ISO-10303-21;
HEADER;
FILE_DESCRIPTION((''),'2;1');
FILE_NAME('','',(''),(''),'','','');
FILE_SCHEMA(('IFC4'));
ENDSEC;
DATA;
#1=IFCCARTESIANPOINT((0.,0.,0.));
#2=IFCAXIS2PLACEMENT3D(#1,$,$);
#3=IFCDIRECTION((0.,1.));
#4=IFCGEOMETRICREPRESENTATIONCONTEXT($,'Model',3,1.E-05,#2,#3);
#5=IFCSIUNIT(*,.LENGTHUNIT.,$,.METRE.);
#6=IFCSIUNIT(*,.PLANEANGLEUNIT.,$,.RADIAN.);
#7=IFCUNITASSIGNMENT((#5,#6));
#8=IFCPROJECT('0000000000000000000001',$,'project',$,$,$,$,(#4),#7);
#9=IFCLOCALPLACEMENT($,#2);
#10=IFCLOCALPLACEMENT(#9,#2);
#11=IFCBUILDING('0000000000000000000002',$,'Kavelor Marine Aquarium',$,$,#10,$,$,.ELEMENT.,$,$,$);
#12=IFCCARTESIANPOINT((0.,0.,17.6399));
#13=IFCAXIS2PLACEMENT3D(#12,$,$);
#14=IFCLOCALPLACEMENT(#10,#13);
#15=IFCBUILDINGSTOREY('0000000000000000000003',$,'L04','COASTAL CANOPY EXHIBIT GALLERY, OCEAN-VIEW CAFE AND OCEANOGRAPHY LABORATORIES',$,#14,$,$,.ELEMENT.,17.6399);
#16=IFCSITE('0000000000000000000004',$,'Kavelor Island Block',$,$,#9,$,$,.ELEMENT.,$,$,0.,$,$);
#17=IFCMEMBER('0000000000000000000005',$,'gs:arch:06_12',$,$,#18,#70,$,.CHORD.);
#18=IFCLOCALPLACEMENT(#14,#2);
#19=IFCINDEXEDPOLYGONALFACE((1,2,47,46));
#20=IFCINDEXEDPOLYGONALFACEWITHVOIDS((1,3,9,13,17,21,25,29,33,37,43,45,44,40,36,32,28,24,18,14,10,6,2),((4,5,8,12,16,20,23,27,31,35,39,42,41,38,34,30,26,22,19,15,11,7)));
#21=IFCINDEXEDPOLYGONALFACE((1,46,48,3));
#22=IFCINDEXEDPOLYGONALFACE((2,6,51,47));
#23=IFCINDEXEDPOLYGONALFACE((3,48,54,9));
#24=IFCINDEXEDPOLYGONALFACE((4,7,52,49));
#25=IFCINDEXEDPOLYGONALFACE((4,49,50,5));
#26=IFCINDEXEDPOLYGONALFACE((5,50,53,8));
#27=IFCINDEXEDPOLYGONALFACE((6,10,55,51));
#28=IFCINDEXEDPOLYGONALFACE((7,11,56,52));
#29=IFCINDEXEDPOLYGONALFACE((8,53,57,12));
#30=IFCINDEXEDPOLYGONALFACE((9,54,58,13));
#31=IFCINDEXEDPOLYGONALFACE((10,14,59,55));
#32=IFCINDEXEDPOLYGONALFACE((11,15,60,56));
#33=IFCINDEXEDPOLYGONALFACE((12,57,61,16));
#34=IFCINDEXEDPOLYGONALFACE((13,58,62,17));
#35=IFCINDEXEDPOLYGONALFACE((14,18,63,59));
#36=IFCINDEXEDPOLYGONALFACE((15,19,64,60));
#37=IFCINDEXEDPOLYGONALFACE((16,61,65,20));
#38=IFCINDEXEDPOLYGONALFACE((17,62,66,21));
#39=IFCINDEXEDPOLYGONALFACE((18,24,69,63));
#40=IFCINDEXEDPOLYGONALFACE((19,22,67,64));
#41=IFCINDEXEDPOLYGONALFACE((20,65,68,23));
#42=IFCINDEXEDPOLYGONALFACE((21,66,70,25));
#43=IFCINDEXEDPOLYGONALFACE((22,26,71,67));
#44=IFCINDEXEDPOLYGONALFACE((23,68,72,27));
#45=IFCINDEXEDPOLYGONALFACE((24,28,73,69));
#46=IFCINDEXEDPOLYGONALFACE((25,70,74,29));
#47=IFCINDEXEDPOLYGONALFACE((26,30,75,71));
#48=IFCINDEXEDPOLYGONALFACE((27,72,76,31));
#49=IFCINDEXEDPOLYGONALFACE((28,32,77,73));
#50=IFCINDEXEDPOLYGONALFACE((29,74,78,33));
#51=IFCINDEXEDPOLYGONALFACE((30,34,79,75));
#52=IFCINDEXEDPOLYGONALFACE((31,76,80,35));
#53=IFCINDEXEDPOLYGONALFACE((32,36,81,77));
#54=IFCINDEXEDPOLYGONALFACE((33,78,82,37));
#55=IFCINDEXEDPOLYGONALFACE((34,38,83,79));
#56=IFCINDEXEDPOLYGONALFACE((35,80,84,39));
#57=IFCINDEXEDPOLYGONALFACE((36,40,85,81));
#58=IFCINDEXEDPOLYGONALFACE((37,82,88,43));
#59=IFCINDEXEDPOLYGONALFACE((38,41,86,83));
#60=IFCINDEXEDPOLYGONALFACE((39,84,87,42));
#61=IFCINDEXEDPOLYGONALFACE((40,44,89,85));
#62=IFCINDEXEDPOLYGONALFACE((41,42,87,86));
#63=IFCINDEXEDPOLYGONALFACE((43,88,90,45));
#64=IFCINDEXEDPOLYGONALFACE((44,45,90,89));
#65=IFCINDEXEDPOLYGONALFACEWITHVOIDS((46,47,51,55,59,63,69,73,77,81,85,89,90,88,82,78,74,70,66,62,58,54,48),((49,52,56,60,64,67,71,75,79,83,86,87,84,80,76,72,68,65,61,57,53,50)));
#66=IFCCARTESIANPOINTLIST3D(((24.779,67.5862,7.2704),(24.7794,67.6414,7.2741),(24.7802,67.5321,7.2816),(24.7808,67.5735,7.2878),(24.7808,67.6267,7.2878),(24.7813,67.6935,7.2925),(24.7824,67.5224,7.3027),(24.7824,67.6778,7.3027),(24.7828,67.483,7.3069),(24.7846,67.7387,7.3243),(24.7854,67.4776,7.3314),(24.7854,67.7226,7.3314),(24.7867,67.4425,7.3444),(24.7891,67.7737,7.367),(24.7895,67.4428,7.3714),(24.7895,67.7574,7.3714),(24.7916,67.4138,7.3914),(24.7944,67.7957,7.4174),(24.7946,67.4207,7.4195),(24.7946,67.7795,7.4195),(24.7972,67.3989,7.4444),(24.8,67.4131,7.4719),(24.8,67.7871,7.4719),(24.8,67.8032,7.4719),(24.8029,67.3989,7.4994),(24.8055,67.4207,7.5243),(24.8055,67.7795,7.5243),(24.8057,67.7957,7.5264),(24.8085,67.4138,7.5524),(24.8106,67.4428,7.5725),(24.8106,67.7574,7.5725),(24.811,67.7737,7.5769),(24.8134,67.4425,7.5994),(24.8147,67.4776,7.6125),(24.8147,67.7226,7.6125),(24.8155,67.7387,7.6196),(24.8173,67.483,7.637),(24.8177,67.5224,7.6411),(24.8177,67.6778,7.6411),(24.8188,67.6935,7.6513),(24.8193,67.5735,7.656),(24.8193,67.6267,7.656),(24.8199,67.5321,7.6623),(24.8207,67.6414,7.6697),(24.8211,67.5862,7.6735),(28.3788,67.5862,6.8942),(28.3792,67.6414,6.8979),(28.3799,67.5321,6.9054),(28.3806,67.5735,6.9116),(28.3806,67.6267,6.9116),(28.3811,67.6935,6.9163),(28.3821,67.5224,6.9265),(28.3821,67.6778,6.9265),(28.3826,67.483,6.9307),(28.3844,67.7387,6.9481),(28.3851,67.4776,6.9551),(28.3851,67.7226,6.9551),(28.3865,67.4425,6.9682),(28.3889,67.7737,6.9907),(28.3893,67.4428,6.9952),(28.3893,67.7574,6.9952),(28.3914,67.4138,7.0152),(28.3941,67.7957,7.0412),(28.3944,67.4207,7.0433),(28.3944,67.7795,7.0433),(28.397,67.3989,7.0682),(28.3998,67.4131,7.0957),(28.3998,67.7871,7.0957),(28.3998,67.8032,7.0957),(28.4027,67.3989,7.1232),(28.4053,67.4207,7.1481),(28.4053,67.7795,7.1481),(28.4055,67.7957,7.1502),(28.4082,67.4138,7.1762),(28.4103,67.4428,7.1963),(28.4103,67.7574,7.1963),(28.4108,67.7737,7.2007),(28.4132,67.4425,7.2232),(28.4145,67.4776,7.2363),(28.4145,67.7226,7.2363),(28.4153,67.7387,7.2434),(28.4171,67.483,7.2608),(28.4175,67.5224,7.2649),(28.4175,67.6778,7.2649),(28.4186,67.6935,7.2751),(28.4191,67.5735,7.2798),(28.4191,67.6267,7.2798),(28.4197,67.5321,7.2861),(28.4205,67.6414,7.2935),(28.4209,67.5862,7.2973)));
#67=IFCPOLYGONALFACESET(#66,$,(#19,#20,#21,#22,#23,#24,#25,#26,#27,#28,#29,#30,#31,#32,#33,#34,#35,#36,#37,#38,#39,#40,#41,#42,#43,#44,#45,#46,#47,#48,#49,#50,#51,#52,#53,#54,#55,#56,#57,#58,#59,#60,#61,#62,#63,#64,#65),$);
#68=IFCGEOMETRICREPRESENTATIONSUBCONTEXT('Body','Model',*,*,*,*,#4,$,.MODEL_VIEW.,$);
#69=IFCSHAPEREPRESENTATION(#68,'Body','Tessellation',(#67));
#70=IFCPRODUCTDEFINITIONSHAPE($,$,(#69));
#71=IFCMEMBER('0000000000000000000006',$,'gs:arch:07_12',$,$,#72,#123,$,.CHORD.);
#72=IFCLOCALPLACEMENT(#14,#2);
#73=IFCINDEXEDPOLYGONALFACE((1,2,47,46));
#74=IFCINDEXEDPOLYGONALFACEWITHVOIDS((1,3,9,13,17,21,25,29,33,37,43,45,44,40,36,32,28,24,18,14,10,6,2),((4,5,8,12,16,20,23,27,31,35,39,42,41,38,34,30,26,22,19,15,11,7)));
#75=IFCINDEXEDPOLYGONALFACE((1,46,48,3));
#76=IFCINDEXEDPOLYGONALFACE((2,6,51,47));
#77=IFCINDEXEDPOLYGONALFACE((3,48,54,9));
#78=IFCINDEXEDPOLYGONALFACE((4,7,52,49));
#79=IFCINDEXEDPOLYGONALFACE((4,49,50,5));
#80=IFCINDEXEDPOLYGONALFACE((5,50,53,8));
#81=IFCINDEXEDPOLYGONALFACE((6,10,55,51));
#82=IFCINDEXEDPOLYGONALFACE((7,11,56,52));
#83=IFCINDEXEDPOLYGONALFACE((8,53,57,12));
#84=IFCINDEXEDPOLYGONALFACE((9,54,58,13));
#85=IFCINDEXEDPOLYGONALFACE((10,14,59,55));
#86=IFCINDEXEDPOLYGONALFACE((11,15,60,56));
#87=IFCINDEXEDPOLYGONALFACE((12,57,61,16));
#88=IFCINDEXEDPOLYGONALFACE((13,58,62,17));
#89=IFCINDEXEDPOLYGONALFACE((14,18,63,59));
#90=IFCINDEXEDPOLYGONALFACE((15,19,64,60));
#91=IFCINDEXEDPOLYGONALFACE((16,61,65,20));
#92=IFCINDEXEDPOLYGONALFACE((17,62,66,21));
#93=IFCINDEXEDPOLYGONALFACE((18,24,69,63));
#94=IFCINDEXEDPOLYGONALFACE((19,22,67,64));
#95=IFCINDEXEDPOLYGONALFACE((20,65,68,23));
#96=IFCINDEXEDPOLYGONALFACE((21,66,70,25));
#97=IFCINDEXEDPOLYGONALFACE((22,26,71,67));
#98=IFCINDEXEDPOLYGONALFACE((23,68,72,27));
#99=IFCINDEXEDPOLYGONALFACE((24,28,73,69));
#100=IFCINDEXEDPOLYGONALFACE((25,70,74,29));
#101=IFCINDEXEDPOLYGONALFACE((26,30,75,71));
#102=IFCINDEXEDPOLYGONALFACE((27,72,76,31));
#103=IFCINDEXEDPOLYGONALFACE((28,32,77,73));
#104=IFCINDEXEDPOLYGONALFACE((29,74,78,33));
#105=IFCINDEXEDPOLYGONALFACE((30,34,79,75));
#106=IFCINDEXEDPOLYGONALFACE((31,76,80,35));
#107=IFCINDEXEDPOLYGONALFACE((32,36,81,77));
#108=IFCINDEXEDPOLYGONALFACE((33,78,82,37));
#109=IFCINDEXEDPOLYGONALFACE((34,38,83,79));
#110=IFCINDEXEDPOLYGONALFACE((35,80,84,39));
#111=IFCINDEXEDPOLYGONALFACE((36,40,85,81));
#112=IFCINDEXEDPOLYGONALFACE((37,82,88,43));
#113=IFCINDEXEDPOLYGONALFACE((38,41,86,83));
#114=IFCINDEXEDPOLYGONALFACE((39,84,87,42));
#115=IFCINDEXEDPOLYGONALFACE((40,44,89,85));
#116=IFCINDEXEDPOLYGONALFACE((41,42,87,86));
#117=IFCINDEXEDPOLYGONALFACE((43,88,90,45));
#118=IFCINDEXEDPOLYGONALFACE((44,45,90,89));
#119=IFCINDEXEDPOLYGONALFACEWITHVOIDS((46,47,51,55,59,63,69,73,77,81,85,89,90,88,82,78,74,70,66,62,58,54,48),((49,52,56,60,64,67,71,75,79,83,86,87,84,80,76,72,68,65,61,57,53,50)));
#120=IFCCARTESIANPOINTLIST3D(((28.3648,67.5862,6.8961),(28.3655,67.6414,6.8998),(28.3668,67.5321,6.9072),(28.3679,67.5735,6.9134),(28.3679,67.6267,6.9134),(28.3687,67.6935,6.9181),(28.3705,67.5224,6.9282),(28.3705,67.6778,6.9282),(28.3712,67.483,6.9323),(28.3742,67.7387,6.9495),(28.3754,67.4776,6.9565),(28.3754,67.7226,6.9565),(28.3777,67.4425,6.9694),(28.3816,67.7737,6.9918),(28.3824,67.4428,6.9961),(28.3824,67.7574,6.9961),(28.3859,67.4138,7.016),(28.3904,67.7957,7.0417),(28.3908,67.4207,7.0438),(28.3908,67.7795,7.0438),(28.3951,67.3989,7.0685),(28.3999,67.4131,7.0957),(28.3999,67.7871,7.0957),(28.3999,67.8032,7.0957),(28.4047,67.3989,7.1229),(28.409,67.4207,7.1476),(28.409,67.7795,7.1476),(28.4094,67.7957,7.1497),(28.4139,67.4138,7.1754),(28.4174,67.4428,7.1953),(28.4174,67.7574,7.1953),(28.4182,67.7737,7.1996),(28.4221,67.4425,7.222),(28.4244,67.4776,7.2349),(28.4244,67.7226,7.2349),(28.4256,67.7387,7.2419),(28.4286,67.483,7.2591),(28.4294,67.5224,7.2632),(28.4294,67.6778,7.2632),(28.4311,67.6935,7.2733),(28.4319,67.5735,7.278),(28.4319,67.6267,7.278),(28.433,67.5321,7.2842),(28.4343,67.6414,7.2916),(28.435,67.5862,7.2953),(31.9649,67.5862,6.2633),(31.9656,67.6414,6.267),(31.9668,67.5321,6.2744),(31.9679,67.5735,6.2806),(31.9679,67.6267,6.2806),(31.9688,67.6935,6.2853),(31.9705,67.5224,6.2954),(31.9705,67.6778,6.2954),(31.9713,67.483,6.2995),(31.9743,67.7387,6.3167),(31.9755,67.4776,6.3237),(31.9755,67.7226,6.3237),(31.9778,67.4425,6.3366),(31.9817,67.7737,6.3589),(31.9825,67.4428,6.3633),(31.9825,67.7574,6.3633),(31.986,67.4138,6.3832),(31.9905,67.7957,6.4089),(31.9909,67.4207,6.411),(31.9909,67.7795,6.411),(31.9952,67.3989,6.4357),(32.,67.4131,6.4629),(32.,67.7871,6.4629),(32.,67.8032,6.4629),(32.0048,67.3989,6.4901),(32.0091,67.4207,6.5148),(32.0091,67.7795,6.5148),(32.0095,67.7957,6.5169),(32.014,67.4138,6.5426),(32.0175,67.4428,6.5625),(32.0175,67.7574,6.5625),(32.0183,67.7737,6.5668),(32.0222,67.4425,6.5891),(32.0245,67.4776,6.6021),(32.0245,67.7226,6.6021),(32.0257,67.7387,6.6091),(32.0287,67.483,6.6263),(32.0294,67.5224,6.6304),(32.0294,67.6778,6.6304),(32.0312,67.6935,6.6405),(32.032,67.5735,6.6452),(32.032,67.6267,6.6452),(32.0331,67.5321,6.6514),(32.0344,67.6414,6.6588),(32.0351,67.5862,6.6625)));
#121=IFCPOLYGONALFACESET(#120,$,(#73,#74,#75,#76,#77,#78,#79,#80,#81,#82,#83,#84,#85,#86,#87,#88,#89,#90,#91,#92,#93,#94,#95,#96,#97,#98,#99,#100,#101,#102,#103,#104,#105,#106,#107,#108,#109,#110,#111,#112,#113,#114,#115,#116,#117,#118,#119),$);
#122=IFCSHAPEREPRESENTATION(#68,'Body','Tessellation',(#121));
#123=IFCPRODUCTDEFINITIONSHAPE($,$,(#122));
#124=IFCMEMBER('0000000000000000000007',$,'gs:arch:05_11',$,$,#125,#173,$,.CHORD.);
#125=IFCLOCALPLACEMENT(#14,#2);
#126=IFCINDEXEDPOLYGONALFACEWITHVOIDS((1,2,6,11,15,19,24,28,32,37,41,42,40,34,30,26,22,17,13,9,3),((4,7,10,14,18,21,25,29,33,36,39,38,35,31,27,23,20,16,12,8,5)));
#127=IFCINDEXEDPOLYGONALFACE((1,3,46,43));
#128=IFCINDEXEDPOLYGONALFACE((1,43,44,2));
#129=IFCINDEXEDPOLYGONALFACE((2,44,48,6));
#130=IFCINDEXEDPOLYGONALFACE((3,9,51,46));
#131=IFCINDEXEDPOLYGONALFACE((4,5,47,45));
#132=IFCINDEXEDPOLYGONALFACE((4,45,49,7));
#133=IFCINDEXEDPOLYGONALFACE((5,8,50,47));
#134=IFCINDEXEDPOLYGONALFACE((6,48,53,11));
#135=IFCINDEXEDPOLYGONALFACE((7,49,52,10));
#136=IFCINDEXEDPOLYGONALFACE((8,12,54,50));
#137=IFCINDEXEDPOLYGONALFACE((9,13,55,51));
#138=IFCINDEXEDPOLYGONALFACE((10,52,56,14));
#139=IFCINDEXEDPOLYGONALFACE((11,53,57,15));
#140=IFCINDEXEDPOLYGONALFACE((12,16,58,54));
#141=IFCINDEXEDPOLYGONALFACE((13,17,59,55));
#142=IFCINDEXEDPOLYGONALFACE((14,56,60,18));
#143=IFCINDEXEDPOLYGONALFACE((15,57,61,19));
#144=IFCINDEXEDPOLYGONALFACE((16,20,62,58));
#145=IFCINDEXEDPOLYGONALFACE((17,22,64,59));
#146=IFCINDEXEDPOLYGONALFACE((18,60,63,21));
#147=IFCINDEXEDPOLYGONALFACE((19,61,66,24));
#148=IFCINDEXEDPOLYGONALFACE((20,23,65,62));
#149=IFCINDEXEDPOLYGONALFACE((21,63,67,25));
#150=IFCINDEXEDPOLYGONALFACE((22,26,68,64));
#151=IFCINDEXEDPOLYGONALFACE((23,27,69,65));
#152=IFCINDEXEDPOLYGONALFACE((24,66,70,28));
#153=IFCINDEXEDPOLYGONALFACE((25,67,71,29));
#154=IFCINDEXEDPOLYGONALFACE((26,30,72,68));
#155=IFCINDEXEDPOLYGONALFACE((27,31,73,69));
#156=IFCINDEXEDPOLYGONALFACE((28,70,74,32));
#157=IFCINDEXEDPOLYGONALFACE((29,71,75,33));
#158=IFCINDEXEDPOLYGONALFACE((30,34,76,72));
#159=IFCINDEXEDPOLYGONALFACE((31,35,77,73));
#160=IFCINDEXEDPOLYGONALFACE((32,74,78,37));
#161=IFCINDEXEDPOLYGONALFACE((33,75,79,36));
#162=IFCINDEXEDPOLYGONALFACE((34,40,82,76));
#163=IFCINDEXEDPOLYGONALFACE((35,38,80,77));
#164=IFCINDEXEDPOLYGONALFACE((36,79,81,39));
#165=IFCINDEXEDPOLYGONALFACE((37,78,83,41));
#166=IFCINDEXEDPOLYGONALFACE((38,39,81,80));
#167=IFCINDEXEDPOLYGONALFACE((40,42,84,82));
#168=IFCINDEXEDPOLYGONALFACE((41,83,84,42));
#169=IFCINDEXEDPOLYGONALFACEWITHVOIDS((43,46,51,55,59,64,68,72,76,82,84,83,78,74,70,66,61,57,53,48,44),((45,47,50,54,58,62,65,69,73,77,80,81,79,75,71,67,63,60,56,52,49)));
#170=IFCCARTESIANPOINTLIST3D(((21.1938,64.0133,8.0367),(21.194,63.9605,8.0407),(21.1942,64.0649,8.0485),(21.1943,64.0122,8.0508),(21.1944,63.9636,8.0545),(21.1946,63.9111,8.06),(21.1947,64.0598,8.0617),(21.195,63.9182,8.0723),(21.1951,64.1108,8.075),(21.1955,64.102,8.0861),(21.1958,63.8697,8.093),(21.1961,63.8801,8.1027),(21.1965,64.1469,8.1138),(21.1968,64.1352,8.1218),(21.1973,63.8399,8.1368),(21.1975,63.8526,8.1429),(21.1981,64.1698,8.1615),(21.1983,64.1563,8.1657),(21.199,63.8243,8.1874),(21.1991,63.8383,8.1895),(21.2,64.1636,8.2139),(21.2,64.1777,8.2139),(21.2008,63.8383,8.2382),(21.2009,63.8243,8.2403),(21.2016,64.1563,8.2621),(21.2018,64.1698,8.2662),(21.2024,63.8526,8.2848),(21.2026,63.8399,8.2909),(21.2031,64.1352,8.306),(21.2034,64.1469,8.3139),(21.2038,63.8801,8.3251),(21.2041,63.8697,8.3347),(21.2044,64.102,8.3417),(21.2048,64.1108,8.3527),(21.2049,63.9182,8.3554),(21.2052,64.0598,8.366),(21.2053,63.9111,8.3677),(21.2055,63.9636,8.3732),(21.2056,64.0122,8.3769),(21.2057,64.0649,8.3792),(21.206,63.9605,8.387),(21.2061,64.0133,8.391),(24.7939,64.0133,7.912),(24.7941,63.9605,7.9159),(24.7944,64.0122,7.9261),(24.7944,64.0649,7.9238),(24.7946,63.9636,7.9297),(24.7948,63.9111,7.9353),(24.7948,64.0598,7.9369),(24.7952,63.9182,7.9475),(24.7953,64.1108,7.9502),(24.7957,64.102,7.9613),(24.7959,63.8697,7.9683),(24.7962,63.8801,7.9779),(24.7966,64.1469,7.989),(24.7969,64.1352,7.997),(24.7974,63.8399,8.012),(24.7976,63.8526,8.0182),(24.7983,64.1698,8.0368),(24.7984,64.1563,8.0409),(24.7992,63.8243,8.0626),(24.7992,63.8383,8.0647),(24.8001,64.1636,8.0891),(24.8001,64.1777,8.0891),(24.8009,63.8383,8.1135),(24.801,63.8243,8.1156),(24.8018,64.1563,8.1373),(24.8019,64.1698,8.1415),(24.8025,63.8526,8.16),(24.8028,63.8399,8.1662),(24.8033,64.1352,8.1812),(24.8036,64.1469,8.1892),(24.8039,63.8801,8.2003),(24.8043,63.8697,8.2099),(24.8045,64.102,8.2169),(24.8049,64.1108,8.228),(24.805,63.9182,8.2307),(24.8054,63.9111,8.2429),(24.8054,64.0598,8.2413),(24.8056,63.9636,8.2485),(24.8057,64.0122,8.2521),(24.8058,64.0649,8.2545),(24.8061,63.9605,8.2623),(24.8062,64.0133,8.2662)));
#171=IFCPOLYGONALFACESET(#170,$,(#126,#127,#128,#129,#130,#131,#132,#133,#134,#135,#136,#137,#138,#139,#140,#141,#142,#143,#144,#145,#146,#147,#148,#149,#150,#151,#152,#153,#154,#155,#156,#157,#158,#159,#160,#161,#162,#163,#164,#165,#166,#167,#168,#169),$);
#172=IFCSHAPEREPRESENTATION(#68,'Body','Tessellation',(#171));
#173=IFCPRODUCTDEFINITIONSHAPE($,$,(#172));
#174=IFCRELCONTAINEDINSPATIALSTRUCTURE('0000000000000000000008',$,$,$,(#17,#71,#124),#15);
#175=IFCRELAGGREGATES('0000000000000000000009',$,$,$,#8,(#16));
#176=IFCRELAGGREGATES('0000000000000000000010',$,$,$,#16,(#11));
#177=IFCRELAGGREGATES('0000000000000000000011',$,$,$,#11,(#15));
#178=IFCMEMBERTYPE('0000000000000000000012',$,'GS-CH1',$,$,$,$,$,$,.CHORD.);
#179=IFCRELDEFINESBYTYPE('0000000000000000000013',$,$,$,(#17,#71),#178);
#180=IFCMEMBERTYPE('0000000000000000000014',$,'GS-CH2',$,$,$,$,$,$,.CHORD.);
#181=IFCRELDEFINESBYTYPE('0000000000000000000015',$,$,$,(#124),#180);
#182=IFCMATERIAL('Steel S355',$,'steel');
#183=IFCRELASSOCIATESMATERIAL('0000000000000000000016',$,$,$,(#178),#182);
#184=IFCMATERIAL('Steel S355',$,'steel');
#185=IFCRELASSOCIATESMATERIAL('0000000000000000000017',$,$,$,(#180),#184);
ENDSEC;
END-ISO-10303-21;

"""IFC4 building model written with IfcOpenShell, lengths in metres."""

from ifc_helpers import new_model, si_unit, direction, frame, origin, origin_2d, place, context, subcontext, project, spatial, hollow_circle, extrude, material, material_profile, profile_set, type_object, element, save


model = new_model("IFC4")

# Units and contexts
model_context = context("Model", 3, precision=1e-05, world=origin(), true_north=direction((0.0, 1.0)))
body_context = subcontext(model_context, "Body", "Model", "MODEL_VIEW")
ifc_project = project(units=[si_unit("LENGTHUNIT", "METRE"), si_unit("PLANEANGLEUNIT", "RADIAN")], contexts=[model_context])

# Site, building, storey
site_placement = place(None, origin())
site = spatial("IfcSite", under=ifc_project, at=site_placement, Name="Kavelor Island Block", CompositionType="ELEMENT", RefElevation=0.0)
building_placement = place(site_placement, origin())
building = spatial("IfcBuilding", under=site, at=building_placement, Name="Kavelor Marine Aquarium", CompositionType="ELEMENT")
storey_placement = place(building_placement, frame((0.0, 0.0, 17.6399)))
storey = spatial("IfcBuildingStorey", under=building, at=storey_placement, Name="L04", Description="COASTAL CANOPY EXHIBIT GALLERY, OCEAN-VIEW CAFE AND OCEANOGRAPHY LABORATORIES", CompositionType="ELEMENT", Elevation=17.6399)

# Members
ifc_material_1 = material(Name="Steel S355", Category="steel")
ifc_material_profile_1 = material_profile(ifc_material_1, hollow_circle(Radius=0.2031, WallThickness=0.0161, at=origin_2d()), Name="CHS 406.4x16.0")
ifc_profile_set_1 = profile_set([ifc_material_profile_1], Name="Steel S355")
member_type_1 = type_object("IfcMemberType", Name="GS-CH1", PredefinedType="CHORD", material=ifc_profile_set_1)
member_1_placement = place(storey_placement, frame((24.8, 67.6001, 7.4719), z_axis=(0.994583, 0.0, -0.103944), x_axis=(0.0, 1.0, 0.0)))
element("IfcMember", 1, at=member_1_placement, inside=storey, type_object=member_type_1, Name="gs:arch:06_12", PredefinedType="CHORD", context=body_context, shape_type="SweptSolid", body=[
    extrude(hollow_circle(Radius=0.2031, WallThickness=0.0161, at=origin_2d()), origin(), (0.0, 0.0, 1.0), 3.6194),
])
member_2_placement = place(storey_placement, frame((28.3999, 67.6001, 7.0957), z_axis=(0.9849, 0.0, -0.173122), x_axis=(0.0, 1.0, 0.0)))
element("IfcMember", 2, at=member_2_placement, inside=storey, type_object=member_type_1, Name="gs:arch:07_12", PredefinedType="CHORD", context=body_context, shape_type="SweptSolid", body=[
    extrude(hollow_circle(Radius=0.2031, WallThickness=0.0161, at=origin_2d()), origin(), (0.0, 0.0, 1.0), 3.6553),
])
ifc_material_2 = material(Name="Steel S355", Category="steel")
ifc_material_profile_2 = material_profile(ifc_material_2, hollow_circle(Radius=0.1777, WallThickness=0.0142, at=origin_2d()), Name="CHS 355.6x14.2")
ifc_profile_set_2 = profile_set([ifc_material_profile_2], Name="Steel S355")
member_type_2 = type_object("IfcMemberType", Name="GS-CH2", PredefinedType="CHORD", material=ifc_profile_set_2)
member_3_placement = place(storey_placement, frame((21.2, 64.0, 8.2139), z_axis=(0.9994, 0.0, -0.034633), x_axis=(0.0, 1.0, 0.0)))
element("IfcMember", 3, at=member_3_placement, inside=storey, type_object=member_type_2, Name="gs:arch:05_11", PredefinedType="CHORD", context=body_context, shape_type="SweptSolid", body=[
    extrude(hollow_circle(Radius=0.1777, WallThickness=0.0142, at=origin_2d()), origin(), (0.0, 0.0, 1.0), 3.6023),
])

save(model, "model.ifc")
